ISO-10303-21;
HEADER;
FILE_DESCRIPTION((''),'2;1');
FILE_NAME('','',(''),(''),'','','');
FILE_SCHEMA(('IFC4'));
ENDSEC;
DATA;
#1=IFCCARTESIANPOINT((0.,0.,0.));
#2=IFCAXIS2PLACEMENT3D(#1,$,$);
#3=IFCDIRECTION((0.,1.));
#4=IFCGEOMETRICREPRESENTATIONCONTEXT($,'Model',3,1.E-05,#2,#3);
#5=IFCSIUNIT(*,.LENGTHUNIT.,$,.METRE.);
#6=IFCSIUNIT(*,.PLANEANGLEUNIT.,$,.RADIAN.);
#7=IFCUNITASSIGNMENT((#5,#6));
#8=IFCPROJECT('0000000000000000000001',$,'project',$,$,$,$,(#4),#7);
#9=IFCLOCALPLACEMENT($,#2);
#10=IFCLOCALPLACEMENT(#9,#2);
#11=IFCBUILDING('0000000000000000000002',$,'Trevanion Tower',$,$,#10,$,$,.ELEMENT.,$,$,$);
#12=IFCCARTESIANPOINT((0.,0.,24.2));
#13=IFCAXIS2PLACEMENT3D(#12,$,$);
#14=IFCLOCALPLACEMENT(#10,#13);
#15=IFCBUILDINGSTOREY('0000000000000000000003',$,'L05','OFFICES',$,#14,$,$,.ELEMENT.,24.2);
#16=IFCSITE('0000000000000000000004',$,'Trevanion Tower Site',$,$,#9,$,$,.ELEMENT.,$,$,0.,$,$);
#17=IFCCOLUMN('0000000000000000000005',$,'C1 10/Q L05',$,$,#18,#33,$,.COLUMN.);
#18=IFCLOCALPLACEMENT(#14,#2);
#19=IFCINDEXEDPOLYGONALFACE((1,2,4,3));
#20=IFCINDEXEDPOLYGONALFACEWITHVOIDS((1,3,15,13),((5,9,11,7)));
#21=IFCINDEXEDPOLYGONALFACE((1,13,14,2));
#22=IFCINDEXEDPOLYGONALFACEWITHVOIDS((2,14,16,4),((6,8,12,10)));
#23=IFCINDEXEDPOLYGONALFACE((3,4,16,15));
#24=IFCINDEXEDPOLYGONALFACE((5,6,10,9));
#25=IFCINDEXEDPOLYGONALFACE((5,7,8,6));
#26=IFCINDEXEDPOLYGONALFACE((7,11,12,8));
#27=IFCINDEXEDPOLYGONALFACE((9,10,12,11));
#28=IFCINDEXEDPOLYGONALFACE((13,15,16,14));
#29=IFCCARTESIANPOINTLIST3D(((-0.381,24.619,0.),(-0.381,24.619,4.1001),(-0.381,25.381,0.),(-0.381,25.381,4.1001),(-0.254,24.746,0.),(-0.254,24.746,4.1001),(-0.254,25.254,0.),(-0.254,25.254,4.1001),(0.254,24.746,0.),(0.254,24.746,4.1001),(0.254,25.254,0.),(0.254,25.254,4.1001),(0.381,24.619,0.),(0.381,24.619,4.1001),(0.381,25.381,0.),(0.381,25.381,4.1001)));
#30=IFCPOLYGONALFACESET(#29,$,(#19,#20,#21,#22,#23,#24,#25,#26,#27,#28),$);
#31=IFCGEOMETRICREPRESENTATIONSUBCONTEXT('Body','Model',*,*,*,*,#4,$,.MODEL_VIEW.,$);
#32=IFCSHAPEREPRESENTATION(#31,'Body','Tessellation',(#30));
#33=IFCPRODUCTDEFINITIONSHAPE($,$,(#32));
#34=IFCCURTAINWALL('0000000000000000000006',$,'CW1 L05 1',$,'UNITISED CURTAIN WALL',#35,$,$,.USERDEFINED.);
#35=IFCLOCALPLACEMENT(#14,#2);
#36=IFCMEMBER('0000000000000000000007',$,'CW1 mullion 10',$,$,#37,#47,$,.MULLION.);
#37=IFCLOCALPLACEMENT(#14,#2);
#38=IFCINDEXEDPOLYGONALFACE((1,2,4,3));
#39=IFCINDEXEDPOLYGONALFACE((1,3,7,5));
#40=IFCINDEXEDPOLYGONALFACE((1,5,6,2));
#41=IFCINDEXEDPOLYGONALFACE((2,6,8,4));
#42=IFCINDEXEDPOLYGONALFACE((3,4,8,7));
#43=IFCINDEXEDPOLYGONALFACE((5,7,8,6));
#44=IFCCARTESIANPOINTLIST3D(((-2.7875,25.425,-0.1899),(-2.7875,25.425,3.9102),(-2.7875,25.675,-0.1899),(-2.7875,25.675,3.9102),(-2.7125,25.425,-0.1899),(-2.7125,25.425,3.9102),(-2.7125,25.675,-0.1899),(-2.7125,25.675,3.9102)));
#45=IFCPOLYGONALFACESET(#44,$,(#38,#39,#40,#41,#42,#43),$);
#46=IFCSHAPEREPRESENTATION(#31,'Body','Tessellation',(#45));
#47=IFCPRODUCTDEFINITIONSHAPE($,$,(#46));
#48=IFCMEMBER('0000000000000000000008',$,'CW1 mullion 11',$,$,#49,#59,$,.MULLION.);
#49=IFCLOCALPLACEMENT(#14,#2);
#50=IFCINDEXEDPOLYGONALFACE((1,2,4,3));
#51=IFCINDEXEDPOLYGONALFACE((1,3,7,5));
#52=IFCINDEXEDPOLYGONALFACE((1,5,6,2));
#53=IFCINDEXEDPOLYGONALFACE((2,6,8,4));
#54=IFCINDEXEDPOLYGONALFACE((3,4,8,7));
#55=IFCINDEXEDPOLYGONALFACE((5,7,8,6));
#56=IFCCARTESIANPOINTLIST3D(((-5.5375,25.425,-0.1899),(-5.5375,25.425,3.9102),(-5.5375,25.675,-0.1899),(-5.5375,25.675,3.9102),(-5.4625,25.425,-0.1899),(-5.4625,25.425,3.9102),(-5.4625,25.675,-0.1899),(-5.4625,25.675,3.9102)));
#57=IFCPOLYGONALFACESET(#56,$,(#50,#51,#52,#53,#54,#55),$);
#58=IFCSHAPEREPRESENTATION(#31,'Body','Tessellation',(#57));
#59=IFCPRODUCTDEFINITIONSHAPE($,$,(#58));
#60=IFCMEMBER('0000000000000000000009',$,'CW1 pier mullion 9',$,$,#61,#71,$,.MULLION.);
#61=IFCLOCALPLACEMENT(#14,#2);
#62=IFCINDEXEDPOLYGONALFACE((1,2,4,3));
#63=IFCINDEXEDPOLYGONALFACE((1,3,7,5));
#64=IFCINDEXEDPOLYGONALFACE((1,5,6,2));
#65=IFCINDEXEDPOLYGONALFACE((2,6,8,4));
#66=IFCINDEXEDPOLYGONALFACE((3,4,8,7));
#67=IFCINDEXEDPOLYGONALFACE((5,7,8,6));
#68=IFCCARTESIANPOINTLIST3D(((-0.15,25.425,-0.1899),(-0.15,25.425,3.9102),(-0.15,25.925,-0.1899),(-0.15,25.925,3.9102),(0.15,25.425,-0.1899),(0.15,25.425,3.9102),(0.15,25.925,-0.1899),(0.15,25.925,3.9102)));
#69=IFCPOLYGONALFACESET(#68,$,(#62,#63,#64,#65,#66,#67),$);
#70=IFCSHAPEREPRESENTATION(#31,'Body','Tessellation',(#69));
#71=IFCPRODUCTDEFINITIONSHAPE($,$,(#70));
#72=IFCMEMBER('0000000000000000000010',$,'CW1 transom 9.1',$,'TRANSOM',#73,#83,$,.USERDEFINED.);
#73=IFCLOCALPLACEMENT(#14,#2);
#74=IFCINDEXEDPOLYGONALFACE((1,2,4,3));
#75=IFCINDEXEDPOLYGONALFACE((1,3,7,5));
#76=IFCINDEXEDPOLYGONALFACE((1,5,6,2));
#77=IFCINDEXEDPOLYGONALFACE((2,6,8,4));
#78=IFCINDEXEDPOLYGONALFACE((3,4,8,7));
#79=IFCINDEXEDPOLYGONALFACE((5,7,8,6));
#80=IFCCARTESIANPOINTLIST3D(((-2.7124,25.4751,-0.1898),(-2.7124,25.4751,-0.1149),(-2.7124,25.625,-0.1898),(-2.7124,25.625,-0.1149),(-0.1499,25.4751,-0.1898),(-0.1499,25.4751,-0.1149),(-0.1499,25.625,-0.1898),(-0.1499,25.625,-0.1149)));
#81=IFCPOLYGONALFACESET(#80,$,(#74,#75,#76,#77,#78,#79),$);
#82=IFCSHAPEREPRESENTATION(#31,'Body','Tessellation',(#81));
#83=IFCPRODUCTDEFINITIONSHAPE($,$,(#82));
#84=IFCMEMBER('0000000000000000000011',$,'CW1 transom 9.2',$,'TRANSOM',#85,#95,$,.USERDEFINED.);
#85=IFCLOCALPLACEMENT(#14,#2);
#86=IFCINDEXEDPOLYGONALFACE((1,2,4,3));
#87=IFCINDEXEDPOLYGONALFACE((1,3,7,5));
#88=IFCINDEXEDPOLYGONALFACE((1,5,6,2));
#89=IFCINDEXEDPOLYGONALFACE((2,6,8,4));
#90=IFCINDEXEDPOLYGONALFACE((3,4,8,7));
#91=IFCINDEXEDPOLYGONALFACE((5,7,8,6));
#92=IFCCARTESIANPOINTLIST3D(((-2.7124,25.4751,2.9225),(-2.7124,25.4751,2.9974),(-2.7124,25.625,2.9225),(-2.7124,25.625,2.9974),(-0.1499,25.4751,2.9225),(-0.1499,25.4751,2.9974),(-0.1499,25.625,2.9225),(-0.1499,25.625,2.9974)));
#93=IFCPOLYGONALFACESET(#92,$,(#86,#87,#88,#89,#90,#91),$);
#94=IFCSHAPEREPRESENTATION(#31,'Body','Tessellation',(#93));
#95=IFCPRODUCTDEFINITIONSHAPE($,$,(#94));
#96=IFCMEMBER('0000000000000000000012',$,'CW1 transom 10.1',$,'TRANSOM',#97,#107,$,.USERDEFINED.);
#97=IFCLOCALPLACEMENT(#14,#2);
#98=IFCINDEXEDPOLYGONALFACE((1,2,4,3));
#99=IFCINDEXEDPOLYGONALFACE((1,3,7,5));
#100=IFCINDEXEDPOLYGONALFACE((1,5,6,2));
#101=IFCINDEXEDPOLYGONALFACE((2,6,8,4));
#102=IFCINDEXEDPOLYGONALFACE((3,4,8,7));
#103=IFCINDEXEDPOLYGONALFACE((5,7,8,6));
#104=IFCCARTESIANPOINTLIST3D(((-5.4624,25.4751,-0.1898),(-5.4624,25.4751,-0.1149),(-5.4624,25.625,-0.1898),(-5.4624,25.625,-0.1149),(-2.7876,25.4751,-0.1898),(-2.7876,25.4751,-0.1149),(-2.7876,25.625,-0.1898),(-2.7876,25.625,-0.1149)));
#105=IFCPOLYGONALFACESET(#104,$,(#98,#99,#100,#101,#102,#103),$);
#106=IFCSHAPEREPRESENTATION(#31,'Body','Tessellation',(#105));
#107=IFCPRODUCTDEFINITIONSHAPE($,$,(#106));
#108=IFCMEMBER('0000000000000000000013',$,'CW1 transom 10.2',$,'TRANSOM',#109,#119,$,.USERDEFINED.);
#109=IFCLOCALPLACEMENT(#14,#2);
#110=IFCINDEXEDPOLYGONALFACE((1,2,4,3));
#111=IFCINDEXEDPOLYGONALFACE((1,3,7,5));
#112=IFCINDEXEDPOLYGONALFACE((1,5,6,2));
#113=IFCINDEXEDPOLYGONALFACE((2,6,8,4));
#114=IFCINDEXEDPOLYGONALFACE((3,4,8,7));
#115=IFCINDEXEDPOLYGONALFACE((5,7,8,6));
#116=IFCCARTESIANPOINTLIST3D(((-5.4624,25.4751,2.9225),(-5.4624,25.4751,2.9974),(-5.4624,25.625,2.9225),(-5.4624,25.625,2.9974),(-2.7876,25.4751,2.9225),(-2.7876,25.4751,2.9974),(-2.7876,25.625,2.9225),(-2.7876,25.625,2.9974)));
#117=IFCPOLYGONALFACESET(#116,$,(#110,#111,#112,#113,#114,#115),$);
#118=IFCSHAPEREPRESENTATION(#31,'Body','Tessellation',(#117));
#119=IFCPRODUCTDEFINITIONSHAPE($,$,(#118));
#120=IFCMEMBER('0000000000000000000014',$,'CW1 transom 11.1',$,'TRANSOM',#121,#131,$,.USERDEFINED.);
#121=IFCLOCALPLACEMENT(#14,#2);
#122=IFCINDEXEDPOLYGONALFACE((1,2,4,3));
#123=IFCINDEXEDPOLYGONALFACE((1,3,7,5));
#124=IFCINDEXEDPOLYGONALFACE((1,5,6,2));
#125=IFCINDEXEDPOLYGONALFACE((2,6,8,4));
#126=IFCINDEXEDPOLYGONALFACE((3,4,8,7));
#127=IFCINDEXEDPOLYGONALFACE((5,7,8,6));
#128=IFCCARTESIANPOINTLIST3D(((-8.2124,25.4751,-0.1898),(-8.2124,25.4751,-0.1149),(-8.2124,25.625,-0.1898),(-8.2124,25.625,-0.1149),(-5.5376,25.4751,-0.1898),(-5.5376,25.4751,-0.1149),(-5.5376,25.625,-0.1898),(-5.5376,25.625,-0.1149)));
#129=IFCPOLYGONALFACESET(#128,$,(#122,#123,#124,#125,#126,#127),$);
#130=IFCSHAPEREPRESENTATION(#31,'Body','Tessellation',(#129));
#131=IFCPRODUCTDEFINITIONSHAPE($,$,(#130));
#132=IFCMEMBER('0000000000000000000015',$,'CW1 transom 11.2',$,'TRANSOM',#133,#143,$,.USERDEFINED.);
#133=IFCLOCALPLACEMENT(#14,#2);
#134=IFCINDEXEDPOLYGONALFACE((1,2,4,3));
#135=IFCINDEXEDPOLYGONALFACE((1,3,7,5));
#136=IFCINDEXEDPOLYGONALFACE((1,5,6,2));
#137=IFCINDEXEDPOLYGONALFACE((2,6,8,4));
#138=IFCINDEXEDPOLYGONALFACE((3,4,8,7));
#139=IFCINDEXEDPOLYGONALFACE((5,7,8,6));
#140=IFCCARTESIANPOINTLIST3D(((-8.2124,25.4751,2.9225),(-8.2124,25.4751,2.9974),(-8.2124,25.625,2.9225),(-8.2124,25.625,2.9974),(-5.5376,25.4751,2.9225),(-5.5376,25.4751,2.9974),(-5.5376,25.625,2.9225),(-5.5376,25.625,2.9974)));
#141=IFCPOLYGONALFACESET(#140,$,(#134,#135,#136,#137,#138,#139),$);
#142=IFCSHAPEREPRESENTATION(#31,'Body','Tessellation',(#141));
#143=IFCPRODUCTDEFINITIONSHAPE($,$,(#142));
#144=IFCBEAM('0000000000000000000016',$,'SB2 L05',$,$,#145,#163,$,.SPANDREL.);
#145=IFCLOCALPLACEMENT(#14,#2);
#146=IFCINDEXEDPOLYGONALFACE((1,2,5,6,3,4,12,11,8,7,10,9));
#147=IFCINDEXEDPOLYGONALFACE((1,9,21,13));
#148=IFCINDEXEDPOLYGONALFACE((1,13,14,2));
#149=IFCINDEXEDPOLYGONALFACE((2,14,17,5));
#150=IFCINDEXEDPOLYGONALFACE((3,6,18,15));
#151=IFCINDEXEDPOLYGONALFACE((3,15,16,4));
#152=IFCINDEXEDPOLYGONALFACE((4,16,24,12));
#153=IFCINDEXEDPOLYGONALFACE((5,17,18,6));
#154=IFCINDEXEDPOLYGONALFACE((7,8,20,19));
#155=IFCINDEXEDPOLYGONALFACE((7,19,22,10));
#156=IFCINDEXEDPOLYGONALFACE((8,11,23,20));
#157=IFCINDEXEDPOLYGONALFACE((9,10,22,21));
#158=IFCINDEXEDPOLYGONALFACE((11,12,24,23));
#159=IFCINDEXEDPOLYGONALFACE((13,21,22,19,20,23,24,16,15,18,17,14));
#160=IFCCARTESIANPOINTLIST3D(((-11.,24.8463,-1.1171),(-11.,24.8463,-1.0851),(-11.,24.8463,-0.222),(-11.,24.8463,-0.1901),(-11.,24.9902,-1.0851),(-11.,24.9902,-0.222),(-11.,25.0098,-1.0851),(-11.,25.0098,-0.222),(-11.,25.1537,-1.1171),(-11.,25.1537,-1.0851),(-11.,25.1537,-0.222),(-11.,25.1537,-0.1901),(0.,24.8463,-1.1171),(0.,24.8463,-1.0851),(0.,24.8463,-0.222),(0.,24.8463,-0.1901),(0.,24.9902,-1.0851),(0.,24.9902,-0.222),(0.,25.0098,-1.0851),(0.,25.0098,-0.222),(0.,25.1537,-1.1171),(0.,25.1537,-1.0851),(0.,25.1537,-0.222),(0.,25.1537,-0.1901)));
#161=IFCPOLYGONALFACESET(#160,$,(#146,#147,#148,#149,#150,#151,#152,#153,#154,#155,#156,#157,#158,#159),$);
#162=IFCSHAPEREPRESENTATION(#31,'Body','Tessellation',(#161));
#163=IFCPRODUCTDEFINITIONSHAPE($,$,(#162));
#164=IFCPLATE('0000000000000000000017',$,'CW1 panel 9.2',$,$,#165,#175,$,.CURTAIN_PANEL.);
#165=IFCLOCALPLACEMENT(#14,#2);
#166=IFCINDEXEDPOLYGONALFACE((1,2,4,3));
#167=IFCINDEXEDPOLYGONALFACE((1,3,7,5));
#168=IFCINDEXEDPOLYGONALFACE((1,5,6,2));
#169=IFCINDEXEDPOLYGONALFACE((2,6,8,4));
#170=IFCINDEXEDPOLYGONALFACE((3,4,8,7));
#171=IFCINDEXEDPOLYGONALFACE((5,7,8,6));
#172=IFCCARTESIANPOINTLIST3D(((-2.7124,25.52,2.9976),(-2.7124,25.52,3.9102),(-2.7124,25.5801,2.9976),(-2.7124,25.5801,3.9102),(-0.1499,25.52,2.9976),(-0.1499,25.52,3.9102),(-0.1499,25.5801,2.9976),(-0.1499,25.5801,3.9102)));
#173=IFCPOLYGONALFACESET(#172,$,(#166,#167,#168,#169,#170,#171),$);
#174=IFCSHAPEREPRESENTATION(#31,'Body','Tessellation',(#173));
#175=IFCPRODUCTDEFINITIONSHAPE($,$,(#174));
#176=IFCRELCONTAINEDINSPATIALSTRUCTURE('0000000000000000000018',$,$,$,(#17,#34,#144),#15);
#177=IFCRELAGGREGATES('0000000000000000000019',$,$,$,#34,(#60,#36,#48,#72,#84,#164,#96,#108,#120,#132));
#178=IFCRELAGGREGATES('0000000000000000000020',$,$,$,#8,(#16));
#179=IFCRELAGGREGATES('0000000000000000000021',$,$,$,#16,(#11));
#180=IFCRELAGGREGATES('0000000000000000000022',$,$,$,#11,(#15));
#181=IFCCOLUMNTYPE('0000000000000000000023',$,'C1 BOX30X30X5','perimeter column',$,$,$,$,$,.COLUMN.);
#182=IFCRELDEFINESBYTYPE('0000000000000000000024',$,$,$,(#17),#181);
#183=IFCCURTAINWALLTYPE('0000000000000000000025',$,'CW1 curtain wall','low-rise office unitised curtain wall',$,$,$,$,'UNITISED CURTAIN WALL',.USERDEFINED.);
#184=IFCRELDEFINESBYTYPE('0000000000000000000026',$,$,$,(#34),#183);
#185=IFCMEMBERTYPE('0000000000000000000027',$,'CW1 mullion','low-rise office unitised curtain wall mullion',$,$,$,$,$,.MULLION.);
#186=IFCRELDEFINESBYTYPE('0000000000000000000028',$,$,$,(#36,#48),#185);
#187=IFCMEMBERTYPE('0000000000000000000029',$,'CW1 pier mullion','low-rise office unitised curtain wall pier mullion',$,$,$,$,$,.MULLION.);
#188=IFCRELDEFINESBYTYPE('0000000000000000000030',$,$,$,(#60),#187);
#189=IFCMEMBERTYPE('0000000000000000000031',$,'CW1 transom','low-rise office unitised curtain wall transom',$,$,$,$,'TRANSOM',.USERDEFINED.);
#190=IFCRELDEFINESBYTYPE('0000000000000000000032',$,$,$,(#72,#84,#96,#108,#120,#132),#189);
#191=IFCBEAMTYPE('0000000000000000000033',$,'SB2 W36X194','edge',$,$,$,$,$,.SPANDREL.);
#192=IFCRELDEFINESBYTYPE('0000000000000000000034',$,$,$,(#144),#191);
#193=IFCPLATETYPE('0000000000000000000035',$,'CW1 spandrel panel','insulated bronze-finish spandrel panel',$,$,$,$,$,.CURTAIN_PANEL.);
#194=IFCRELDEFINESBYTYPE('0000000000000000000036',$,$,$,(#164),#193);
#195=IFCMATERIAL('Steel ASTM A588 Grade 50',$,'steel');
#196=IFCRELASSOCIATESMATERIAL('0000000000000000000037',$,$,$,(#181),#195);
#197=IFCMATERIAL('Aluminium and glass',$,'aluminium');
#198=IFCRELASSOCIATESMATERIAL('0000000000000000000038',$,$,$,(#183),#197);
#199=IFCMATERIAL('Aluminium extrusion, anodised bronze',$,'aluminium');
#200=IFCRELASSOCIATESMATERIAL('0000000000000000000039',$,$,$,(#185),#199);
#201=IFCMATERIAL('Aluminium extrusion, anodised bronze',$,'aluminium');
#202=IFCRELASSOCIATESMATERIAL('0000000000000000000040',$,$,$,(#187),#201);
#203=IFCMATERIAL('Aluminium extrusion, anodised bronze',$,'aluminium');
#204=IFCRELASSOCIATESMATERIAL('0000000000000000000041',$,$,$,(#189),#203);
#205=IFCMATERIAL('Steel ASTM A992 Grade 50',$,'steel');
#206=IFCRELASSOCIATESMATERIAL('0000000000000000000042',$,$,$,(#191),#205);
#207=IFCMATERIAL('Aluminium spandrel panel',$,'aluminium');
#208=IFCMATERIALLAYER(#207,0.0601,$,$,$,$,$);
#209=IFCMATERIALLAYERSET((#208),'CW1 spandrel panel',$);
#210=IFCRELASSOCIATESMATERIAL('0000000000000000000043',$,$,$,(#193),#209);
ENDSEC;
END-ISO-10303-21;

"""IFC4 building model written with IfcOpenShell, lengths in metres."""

from ifc_helpers import new_model, si_unit, direction, frame, origin, origin_2d, place, context, subcontext, project, spatial, rectangle, hollow_rectangle, i_section, extrude, material, layer, layer_set, material_profile, profile_set, type_object, element, aggregate, save


model = new_model("IFC4")

# Units and contexts
model_context = context("Model", 3, precision=1e-05, world=origin(), true_north=direction((0.0, 1.0)))
body_context = subcontext(model_context, "Body", "Model", "MODEL_VIEW")
ifc_project = project(units=[si_unit("LENGTHUNIT", "METRE"), si_unit("PLANEANGLEUNIT", "RADIAN")], contexts=[model_context])

# Site, building, storey
site_placement = place(None, origin())
site = spatial("IfcSite", under=ifc_project, at=site_placement, Name="Trevanion Tower Site", CompositionType="ELEMENT", RefElevation=0.0)
building_placement = place(site_placement, origin())
building = spatial("IfcBuilding", under=site, at=building_placement, Name="Trevanion Tower", CompositionType="ELEMENT")
storey_placement = place(building_placement, frame((0.0, 0.0, 24.2)))
storey = spatial("IfcBuildingStorey", under=building, at=storey_placement, Name="L05", Description="OFFICES", CompositionType="ELEMENT", Elevation=24.2)

# Column
ifc_material_1 = material(Name="Steel ASTM A588 Grade 50", Category="steel")
ifc_material_profile_1 = material_profile(ifc_material_1, hollow_rectangle(XDim=0.762, YDim=0.762, WallThickness=0.127, at=origin_2d()), Name="BOX30X30X5")
ifc_profile_set_1 = profile_set([ifc_material_profile_1], Name="Steel ASTM A588 Grade 50")
column_type = type_object("IfcColumnType", Name="C1 BOX30X30X5", Description="perimeter column", PredefinedType="COLUMN", material=ifc_profile_set_1)
column_placement = place(storey_placement, frame((0.0, 25.0, 0.0), z_axis=(0.0, 0.0, 1.0), x_axis=(1.0, 0.0, 0.0)))
element("IfcColumn", 1, at=column_placement, inside=storey, type_object=column_type, Name="C1 10/Q L05", PredefinedType="COLUMN", context=body_context, shape_type="SweptSolid", body=[
    extrude(hollow_rectangle(XDim=0.762, YDim=0.762, WallThickness=0.127, at=origin_2d()), origin(), (0.0, 0.0, 1.0), 4.1001),
])

# Curtain wall, members
ifc_material_2 = material(Name="Aluminium and glass", Category="aluminium")
curtain_wall_type = type_object("IfcCurtainWallType", Name="CW1 curtain wall", Description="low-rise office unitised curtain wall", ElementType="UNITISED CURTAIN WALL", PredefinedType="USERDEFINED", material=ifc_material_2)
curtain_wall_placement = place(storey_placement, origin())
curtain_wall = element("IfcCurtainWall", 2, at=curtain_wall_placement, inside=storey, type_object=curtain_wall_type, Name="CW1 L05 1", ObjectType="UNITISED CURTAIN WALL", PredefinedType="USERDEFINED")
ifc_material_3 = material(Name="Aluminium extrusion, anodised bronze", Category="aluminium")
ifc_material_profile_2 = material_profile(ifc_material_3, rectangle(XDim=0.075, YDim=0.25, at=origin_2d()), Name="CW1 mullion")
ifc_profile_set_2 = profile_set([ifc_material_profile_2], Name="Aluminium extrusion, anodised bronze")
member_type_1 = type_object("IfcMemberType", Name="CW1 mullion", Description="low-rise office unitised curtain wall mullion", PredefinedType="MULLION", material=ifc_profile_set_2)
member_1_placement = place(storey_placement, frame((-2.75, 25.55, -0.1899), z_axis=(0.0, 0.0, 1.0), x_axis=(-1.0, 0.0, 0.0)))
member_1 = element("IfcMember", 3, at=member_1_placement, type_object=member_type_1, Name="CW1 mullion 10", PredefinedType="MULLION", context=body_context, shape_type="SweptSolid", body=[
    extrude(rectangle(XDim=0.075, YDim=0.25, at=origin_2d()), origin(), (0.0, 0.0, 1.0), 4.1001),
])
member_2_placement = place(storey_placement, frame((-5.5, 25.55, -0.1899), z_axis=(0.0, 0.0, 1.0), x_axis=(-1.0, 0.0, 0.0)))
member_2 = element("IfcMember", 4, at=member_2_placement, type_object=member_type_1, Name="CW1 mullion 11", PredefinedType="MULLION", context=body_context, shape_type="SweptSolid", body=[
    extrude(rectangle(XDim=0.075, YDim=0.25, at=origin_2d()), origin(), (0.0, 0.0, 1.0), 4.1001),
])
ifc_material_4 = material(Name="Aluminium extrusion, anodised bronze", Category="aluminium")
ifc_material_profile_3 = material_profile(ifc_material_4, rectangle(XDim=0.3, YDim=0.5, at=origin_2d()), Name="CW1 pier mullion")
ifc_profile_set_3 = profile_set([ifc_material_profile_3], Name="Aluminium extrusion, anodised bronze")
member_type_2 = type_object("IfcMemberType", Name="CW1 pier mullion", Description="low-rise office unitised curtain wall pier mullion", PredefinedType="MULLION", material=ifc_profile_set_3)
member_3_placement = place(storey_placement, frame((0.0, 25.675, -0.1899), z_axis=(0.0, 0.0, 1.0), x_axis=(-1.0, 0.0, 0.0)))
member_3 = element("IfcMember", 5, at=member_3_placement, type_object=member_type_2, Name="CW1 pier mullion 9", PredefinedType="MULLION", context=body_context, shape_type="SweptSolid", body=[
    extrude(rectangle(XDim=0.3, YDim=0.5, at=origin_2d()), origin(), (0.0, 0.0, 1.0), 4.1001),
])
ifc_material_5 = material(Name="Aluminium extrusion, anodised bronze", Category="aluminium")
ifc_material_profile_4 = material_profile(ifc_material_5, rectangle(XDim=0.1499, YDim=0.075, at=origin_2d()), Name="CW1 transom")
ifc_profile_set_4 = profile_set([ifc_material_profile_4], Name="Aluminium extrusion, anodised bronze")
member_type_3 = type_object("IfcMemberType", Name="CW1 transom", Description="low-rise office unitised curtain wall transom", ElementType="TRANSOM", PredefinedType="USERDEFINED", material=ifc_profile_set_4)
member_4_placement = place(storey_placement, frame((-0.1499, 25.55, -0.1523), z_axis=(-1.0, 0.0, 0.0), x_axis=(0.0, -1.0, 0.0)))
member_4 = element("IfcMember", 6, at=member_4_placement, type_object=member_type_3, Name="CW1 transom 9.1", ObjectType="TRANSOM", PredefinedType="USERDEFINED", context=body_context, shape_type="SweptSolid", body=[
    extrude(rectangle(XDim=0.1499, YDim=0.075, at=origin_2d()), origin(), (0.0, 0.0, 1.0), 2.5625),
])
member_5_placement = place(storey_placement, frame((-0.1499, 25.55, 2.96), z_axis=(-1.0, 0.0, 0.0), x_axis=(0.0, -1.0, 0.0)))
member_5 = element("IfcMember", 7, at=member_5_placement, type_object=member_type_3, Name="CW1 transom 9.2", ObjectType="TRANSOM", PredefinedType="USERDEFINED", context=body_context, shape_type="SweptSolid", body=[
    extrude(rectangle(XDim=0.1499, YDim=0.075, at=origin_2d()), origin(), (0.0, 0.0, 1.0), 2.5625),
])
member_6_placement = place(storey_placement, frame((-2.7876, 25.55, -0.1523), z_axis=(-1.0, 0.0, 0.0), x_axis=(0.0, -1.0, 0.0)))
member_6 = element("IfcMember", 8, at=member_6_placement, type_object=member_type_3, Name="CW1 transom 10.1", ObjectType="TRANSOM", PredefinedType="USERDEFINED", context=body_context, shape_type="SweptSolid", body=[
    extrude(rectangle(XDim=0.1499, YDim=0.075, at=origin_2d()), origin(), (0.0, 0.0, 1.0), 2.6748),
])
member_7_placement = place(storey_placement, frame((-2.7876, 25.55, 2.96), z_axis=(-1.0, 0.0, 0.0), x_axis=(0.0, -1.0, 0.0)))
member_7 = element("IfcMember", 9, at=member_7_placement, type_object=member_type_3, Name="CW1 transom 10.2", ObjectType="TRANSOM", PredefinedType="USERDEFINED", context=body_context, shape_type="SweptSolid", body=[
    extrude(rectangle(XDim=0.1499, YDim=0.075, at=origin_2d()), origin(), (0.0, 0.0, 1.0), 2.6748),
])
member_8_placement = place(storey_placement, frame((-5.5376, 25.55, -0.1523), z_axis=(-1.0, 0.0, 0.0), x_axis=(0.0, -1.0, 0.0)))
member_8 = element("IfcMember", 10, at=member_8_placement, type_object=member_type_3, Name="CW1 transom 11.1", ObjectType="TRANSOM", PredefinedType="USERDEFINED", context=body_context, shape_type="SweptSolid", body=[
    extrude(rectangle(XDim=0.1499, YDim=0.075, at=origin_2d()), origin(), (0.0, 0.0, 1.0), 2.6748),
])
member_9_placement = place(storey_placement, frame((-5.5376, 25.55, 2.96), z_axis=(-1.0, 0.0, 0.0), x_axis=(0.0, -1.0, 0.0)))
member_9 = element("IfcMember", 11, at=member_9_placement, type_object=member_type_3, Name="CW1 transom 11.2", ObjectType="TRANSOM", PredefinedType="USERDEFINED", context=body_context, shape_type="SweptSolid", body=[
    extrude(rectangle(XDim=0.1499, YDim=0.075, at=origin_2d()), origin(), (0.0, 0.0, 1.0), 2.6748),
])

# Beam
ifc_material_6 = material(Name="Steel ASTM A992 Grade 50", Category="steel")
ifc_material_profile_5 = material_profile(ifc_material_6, i_section(OverallWidth=0.3074, OverallDepth=0.927, WebThickness=0.0195, FlangeThickness=0.032, at=origin_2d()), Name="W36X194")
ifc_profile_set_5 = profile_set([ifc_material_profile_5], Name="Steel ASTM A992 Grade 50")
beam_type = type_object("IfcBeamType", Name="SB2 W36X194", Description="edge", PredefinedType="SPANDREL", material=ifc_profile_set_5)
beam_placement = place(storey_placement, frame((0.0, 25.0, -0.6536), z_axis=(-1.0, 0.0, 0.0), x_axis=(0.0, -1.0, 0.0)))
element("IfcBeam", 12, at=beam_placement, inside=storey, type_object=beam_type, Name="SB2 L05", PredefinedType="SPANDREL", context=body_context, shape_type="SweptSolid", body=[
    extrude(i_section(OverallWidth=0.3074, OverallDepth=0.927, WebThickness=0.0195, FlangeThickness=0.032, at=origin_2d()), origin(), (0.0, 0.0, 1.0), 11.0),
])

# Plate
ifc_material_7 = material(Name="Aluminium spandrel panel", Category="aluminium")
ifc_layer_1 = layer(ifc_material_7, 0.0601)
ifc_layer_set_1 = layer_set([ifc_layer_1], Name="CW1 spandrel panel")
plate_type_1 = type_object("IfcPlateType", Name="CW1 spandrel panel", Description="insulated bronze-finish spandrel panel", PredefinedType="CURTAIN_PANEL", material=ifc_layer_set_1)
plate_1_placement = place(storey_placement, frame((-1.4312, 25.55, 2.9976), z_axis=(0.0, 0.0, 1.0), x_axis=(-1.0, 0.0, 0.0)))
plate_1 = element("IfcPlate", 13, at=plate_1_placement, type_object=plate_type_1, Name="CW1 panel 9.2", PredefinedType="CURTAIN_PANEL", context=body_context, shape_type="SweptSolid", body=[
    extrude(rectangle(XDim=2.5625, YDim=0.0601, at=origin_2d()), origin(), (0.0, 0.0, 1.0), 0.9126),
])
aggregate(curtain_wall, [member_3, member_1, member_2, member_4, member_5, plate_1, member_6, member_7, member_8, member_9])

save(model, "model.ifc")
